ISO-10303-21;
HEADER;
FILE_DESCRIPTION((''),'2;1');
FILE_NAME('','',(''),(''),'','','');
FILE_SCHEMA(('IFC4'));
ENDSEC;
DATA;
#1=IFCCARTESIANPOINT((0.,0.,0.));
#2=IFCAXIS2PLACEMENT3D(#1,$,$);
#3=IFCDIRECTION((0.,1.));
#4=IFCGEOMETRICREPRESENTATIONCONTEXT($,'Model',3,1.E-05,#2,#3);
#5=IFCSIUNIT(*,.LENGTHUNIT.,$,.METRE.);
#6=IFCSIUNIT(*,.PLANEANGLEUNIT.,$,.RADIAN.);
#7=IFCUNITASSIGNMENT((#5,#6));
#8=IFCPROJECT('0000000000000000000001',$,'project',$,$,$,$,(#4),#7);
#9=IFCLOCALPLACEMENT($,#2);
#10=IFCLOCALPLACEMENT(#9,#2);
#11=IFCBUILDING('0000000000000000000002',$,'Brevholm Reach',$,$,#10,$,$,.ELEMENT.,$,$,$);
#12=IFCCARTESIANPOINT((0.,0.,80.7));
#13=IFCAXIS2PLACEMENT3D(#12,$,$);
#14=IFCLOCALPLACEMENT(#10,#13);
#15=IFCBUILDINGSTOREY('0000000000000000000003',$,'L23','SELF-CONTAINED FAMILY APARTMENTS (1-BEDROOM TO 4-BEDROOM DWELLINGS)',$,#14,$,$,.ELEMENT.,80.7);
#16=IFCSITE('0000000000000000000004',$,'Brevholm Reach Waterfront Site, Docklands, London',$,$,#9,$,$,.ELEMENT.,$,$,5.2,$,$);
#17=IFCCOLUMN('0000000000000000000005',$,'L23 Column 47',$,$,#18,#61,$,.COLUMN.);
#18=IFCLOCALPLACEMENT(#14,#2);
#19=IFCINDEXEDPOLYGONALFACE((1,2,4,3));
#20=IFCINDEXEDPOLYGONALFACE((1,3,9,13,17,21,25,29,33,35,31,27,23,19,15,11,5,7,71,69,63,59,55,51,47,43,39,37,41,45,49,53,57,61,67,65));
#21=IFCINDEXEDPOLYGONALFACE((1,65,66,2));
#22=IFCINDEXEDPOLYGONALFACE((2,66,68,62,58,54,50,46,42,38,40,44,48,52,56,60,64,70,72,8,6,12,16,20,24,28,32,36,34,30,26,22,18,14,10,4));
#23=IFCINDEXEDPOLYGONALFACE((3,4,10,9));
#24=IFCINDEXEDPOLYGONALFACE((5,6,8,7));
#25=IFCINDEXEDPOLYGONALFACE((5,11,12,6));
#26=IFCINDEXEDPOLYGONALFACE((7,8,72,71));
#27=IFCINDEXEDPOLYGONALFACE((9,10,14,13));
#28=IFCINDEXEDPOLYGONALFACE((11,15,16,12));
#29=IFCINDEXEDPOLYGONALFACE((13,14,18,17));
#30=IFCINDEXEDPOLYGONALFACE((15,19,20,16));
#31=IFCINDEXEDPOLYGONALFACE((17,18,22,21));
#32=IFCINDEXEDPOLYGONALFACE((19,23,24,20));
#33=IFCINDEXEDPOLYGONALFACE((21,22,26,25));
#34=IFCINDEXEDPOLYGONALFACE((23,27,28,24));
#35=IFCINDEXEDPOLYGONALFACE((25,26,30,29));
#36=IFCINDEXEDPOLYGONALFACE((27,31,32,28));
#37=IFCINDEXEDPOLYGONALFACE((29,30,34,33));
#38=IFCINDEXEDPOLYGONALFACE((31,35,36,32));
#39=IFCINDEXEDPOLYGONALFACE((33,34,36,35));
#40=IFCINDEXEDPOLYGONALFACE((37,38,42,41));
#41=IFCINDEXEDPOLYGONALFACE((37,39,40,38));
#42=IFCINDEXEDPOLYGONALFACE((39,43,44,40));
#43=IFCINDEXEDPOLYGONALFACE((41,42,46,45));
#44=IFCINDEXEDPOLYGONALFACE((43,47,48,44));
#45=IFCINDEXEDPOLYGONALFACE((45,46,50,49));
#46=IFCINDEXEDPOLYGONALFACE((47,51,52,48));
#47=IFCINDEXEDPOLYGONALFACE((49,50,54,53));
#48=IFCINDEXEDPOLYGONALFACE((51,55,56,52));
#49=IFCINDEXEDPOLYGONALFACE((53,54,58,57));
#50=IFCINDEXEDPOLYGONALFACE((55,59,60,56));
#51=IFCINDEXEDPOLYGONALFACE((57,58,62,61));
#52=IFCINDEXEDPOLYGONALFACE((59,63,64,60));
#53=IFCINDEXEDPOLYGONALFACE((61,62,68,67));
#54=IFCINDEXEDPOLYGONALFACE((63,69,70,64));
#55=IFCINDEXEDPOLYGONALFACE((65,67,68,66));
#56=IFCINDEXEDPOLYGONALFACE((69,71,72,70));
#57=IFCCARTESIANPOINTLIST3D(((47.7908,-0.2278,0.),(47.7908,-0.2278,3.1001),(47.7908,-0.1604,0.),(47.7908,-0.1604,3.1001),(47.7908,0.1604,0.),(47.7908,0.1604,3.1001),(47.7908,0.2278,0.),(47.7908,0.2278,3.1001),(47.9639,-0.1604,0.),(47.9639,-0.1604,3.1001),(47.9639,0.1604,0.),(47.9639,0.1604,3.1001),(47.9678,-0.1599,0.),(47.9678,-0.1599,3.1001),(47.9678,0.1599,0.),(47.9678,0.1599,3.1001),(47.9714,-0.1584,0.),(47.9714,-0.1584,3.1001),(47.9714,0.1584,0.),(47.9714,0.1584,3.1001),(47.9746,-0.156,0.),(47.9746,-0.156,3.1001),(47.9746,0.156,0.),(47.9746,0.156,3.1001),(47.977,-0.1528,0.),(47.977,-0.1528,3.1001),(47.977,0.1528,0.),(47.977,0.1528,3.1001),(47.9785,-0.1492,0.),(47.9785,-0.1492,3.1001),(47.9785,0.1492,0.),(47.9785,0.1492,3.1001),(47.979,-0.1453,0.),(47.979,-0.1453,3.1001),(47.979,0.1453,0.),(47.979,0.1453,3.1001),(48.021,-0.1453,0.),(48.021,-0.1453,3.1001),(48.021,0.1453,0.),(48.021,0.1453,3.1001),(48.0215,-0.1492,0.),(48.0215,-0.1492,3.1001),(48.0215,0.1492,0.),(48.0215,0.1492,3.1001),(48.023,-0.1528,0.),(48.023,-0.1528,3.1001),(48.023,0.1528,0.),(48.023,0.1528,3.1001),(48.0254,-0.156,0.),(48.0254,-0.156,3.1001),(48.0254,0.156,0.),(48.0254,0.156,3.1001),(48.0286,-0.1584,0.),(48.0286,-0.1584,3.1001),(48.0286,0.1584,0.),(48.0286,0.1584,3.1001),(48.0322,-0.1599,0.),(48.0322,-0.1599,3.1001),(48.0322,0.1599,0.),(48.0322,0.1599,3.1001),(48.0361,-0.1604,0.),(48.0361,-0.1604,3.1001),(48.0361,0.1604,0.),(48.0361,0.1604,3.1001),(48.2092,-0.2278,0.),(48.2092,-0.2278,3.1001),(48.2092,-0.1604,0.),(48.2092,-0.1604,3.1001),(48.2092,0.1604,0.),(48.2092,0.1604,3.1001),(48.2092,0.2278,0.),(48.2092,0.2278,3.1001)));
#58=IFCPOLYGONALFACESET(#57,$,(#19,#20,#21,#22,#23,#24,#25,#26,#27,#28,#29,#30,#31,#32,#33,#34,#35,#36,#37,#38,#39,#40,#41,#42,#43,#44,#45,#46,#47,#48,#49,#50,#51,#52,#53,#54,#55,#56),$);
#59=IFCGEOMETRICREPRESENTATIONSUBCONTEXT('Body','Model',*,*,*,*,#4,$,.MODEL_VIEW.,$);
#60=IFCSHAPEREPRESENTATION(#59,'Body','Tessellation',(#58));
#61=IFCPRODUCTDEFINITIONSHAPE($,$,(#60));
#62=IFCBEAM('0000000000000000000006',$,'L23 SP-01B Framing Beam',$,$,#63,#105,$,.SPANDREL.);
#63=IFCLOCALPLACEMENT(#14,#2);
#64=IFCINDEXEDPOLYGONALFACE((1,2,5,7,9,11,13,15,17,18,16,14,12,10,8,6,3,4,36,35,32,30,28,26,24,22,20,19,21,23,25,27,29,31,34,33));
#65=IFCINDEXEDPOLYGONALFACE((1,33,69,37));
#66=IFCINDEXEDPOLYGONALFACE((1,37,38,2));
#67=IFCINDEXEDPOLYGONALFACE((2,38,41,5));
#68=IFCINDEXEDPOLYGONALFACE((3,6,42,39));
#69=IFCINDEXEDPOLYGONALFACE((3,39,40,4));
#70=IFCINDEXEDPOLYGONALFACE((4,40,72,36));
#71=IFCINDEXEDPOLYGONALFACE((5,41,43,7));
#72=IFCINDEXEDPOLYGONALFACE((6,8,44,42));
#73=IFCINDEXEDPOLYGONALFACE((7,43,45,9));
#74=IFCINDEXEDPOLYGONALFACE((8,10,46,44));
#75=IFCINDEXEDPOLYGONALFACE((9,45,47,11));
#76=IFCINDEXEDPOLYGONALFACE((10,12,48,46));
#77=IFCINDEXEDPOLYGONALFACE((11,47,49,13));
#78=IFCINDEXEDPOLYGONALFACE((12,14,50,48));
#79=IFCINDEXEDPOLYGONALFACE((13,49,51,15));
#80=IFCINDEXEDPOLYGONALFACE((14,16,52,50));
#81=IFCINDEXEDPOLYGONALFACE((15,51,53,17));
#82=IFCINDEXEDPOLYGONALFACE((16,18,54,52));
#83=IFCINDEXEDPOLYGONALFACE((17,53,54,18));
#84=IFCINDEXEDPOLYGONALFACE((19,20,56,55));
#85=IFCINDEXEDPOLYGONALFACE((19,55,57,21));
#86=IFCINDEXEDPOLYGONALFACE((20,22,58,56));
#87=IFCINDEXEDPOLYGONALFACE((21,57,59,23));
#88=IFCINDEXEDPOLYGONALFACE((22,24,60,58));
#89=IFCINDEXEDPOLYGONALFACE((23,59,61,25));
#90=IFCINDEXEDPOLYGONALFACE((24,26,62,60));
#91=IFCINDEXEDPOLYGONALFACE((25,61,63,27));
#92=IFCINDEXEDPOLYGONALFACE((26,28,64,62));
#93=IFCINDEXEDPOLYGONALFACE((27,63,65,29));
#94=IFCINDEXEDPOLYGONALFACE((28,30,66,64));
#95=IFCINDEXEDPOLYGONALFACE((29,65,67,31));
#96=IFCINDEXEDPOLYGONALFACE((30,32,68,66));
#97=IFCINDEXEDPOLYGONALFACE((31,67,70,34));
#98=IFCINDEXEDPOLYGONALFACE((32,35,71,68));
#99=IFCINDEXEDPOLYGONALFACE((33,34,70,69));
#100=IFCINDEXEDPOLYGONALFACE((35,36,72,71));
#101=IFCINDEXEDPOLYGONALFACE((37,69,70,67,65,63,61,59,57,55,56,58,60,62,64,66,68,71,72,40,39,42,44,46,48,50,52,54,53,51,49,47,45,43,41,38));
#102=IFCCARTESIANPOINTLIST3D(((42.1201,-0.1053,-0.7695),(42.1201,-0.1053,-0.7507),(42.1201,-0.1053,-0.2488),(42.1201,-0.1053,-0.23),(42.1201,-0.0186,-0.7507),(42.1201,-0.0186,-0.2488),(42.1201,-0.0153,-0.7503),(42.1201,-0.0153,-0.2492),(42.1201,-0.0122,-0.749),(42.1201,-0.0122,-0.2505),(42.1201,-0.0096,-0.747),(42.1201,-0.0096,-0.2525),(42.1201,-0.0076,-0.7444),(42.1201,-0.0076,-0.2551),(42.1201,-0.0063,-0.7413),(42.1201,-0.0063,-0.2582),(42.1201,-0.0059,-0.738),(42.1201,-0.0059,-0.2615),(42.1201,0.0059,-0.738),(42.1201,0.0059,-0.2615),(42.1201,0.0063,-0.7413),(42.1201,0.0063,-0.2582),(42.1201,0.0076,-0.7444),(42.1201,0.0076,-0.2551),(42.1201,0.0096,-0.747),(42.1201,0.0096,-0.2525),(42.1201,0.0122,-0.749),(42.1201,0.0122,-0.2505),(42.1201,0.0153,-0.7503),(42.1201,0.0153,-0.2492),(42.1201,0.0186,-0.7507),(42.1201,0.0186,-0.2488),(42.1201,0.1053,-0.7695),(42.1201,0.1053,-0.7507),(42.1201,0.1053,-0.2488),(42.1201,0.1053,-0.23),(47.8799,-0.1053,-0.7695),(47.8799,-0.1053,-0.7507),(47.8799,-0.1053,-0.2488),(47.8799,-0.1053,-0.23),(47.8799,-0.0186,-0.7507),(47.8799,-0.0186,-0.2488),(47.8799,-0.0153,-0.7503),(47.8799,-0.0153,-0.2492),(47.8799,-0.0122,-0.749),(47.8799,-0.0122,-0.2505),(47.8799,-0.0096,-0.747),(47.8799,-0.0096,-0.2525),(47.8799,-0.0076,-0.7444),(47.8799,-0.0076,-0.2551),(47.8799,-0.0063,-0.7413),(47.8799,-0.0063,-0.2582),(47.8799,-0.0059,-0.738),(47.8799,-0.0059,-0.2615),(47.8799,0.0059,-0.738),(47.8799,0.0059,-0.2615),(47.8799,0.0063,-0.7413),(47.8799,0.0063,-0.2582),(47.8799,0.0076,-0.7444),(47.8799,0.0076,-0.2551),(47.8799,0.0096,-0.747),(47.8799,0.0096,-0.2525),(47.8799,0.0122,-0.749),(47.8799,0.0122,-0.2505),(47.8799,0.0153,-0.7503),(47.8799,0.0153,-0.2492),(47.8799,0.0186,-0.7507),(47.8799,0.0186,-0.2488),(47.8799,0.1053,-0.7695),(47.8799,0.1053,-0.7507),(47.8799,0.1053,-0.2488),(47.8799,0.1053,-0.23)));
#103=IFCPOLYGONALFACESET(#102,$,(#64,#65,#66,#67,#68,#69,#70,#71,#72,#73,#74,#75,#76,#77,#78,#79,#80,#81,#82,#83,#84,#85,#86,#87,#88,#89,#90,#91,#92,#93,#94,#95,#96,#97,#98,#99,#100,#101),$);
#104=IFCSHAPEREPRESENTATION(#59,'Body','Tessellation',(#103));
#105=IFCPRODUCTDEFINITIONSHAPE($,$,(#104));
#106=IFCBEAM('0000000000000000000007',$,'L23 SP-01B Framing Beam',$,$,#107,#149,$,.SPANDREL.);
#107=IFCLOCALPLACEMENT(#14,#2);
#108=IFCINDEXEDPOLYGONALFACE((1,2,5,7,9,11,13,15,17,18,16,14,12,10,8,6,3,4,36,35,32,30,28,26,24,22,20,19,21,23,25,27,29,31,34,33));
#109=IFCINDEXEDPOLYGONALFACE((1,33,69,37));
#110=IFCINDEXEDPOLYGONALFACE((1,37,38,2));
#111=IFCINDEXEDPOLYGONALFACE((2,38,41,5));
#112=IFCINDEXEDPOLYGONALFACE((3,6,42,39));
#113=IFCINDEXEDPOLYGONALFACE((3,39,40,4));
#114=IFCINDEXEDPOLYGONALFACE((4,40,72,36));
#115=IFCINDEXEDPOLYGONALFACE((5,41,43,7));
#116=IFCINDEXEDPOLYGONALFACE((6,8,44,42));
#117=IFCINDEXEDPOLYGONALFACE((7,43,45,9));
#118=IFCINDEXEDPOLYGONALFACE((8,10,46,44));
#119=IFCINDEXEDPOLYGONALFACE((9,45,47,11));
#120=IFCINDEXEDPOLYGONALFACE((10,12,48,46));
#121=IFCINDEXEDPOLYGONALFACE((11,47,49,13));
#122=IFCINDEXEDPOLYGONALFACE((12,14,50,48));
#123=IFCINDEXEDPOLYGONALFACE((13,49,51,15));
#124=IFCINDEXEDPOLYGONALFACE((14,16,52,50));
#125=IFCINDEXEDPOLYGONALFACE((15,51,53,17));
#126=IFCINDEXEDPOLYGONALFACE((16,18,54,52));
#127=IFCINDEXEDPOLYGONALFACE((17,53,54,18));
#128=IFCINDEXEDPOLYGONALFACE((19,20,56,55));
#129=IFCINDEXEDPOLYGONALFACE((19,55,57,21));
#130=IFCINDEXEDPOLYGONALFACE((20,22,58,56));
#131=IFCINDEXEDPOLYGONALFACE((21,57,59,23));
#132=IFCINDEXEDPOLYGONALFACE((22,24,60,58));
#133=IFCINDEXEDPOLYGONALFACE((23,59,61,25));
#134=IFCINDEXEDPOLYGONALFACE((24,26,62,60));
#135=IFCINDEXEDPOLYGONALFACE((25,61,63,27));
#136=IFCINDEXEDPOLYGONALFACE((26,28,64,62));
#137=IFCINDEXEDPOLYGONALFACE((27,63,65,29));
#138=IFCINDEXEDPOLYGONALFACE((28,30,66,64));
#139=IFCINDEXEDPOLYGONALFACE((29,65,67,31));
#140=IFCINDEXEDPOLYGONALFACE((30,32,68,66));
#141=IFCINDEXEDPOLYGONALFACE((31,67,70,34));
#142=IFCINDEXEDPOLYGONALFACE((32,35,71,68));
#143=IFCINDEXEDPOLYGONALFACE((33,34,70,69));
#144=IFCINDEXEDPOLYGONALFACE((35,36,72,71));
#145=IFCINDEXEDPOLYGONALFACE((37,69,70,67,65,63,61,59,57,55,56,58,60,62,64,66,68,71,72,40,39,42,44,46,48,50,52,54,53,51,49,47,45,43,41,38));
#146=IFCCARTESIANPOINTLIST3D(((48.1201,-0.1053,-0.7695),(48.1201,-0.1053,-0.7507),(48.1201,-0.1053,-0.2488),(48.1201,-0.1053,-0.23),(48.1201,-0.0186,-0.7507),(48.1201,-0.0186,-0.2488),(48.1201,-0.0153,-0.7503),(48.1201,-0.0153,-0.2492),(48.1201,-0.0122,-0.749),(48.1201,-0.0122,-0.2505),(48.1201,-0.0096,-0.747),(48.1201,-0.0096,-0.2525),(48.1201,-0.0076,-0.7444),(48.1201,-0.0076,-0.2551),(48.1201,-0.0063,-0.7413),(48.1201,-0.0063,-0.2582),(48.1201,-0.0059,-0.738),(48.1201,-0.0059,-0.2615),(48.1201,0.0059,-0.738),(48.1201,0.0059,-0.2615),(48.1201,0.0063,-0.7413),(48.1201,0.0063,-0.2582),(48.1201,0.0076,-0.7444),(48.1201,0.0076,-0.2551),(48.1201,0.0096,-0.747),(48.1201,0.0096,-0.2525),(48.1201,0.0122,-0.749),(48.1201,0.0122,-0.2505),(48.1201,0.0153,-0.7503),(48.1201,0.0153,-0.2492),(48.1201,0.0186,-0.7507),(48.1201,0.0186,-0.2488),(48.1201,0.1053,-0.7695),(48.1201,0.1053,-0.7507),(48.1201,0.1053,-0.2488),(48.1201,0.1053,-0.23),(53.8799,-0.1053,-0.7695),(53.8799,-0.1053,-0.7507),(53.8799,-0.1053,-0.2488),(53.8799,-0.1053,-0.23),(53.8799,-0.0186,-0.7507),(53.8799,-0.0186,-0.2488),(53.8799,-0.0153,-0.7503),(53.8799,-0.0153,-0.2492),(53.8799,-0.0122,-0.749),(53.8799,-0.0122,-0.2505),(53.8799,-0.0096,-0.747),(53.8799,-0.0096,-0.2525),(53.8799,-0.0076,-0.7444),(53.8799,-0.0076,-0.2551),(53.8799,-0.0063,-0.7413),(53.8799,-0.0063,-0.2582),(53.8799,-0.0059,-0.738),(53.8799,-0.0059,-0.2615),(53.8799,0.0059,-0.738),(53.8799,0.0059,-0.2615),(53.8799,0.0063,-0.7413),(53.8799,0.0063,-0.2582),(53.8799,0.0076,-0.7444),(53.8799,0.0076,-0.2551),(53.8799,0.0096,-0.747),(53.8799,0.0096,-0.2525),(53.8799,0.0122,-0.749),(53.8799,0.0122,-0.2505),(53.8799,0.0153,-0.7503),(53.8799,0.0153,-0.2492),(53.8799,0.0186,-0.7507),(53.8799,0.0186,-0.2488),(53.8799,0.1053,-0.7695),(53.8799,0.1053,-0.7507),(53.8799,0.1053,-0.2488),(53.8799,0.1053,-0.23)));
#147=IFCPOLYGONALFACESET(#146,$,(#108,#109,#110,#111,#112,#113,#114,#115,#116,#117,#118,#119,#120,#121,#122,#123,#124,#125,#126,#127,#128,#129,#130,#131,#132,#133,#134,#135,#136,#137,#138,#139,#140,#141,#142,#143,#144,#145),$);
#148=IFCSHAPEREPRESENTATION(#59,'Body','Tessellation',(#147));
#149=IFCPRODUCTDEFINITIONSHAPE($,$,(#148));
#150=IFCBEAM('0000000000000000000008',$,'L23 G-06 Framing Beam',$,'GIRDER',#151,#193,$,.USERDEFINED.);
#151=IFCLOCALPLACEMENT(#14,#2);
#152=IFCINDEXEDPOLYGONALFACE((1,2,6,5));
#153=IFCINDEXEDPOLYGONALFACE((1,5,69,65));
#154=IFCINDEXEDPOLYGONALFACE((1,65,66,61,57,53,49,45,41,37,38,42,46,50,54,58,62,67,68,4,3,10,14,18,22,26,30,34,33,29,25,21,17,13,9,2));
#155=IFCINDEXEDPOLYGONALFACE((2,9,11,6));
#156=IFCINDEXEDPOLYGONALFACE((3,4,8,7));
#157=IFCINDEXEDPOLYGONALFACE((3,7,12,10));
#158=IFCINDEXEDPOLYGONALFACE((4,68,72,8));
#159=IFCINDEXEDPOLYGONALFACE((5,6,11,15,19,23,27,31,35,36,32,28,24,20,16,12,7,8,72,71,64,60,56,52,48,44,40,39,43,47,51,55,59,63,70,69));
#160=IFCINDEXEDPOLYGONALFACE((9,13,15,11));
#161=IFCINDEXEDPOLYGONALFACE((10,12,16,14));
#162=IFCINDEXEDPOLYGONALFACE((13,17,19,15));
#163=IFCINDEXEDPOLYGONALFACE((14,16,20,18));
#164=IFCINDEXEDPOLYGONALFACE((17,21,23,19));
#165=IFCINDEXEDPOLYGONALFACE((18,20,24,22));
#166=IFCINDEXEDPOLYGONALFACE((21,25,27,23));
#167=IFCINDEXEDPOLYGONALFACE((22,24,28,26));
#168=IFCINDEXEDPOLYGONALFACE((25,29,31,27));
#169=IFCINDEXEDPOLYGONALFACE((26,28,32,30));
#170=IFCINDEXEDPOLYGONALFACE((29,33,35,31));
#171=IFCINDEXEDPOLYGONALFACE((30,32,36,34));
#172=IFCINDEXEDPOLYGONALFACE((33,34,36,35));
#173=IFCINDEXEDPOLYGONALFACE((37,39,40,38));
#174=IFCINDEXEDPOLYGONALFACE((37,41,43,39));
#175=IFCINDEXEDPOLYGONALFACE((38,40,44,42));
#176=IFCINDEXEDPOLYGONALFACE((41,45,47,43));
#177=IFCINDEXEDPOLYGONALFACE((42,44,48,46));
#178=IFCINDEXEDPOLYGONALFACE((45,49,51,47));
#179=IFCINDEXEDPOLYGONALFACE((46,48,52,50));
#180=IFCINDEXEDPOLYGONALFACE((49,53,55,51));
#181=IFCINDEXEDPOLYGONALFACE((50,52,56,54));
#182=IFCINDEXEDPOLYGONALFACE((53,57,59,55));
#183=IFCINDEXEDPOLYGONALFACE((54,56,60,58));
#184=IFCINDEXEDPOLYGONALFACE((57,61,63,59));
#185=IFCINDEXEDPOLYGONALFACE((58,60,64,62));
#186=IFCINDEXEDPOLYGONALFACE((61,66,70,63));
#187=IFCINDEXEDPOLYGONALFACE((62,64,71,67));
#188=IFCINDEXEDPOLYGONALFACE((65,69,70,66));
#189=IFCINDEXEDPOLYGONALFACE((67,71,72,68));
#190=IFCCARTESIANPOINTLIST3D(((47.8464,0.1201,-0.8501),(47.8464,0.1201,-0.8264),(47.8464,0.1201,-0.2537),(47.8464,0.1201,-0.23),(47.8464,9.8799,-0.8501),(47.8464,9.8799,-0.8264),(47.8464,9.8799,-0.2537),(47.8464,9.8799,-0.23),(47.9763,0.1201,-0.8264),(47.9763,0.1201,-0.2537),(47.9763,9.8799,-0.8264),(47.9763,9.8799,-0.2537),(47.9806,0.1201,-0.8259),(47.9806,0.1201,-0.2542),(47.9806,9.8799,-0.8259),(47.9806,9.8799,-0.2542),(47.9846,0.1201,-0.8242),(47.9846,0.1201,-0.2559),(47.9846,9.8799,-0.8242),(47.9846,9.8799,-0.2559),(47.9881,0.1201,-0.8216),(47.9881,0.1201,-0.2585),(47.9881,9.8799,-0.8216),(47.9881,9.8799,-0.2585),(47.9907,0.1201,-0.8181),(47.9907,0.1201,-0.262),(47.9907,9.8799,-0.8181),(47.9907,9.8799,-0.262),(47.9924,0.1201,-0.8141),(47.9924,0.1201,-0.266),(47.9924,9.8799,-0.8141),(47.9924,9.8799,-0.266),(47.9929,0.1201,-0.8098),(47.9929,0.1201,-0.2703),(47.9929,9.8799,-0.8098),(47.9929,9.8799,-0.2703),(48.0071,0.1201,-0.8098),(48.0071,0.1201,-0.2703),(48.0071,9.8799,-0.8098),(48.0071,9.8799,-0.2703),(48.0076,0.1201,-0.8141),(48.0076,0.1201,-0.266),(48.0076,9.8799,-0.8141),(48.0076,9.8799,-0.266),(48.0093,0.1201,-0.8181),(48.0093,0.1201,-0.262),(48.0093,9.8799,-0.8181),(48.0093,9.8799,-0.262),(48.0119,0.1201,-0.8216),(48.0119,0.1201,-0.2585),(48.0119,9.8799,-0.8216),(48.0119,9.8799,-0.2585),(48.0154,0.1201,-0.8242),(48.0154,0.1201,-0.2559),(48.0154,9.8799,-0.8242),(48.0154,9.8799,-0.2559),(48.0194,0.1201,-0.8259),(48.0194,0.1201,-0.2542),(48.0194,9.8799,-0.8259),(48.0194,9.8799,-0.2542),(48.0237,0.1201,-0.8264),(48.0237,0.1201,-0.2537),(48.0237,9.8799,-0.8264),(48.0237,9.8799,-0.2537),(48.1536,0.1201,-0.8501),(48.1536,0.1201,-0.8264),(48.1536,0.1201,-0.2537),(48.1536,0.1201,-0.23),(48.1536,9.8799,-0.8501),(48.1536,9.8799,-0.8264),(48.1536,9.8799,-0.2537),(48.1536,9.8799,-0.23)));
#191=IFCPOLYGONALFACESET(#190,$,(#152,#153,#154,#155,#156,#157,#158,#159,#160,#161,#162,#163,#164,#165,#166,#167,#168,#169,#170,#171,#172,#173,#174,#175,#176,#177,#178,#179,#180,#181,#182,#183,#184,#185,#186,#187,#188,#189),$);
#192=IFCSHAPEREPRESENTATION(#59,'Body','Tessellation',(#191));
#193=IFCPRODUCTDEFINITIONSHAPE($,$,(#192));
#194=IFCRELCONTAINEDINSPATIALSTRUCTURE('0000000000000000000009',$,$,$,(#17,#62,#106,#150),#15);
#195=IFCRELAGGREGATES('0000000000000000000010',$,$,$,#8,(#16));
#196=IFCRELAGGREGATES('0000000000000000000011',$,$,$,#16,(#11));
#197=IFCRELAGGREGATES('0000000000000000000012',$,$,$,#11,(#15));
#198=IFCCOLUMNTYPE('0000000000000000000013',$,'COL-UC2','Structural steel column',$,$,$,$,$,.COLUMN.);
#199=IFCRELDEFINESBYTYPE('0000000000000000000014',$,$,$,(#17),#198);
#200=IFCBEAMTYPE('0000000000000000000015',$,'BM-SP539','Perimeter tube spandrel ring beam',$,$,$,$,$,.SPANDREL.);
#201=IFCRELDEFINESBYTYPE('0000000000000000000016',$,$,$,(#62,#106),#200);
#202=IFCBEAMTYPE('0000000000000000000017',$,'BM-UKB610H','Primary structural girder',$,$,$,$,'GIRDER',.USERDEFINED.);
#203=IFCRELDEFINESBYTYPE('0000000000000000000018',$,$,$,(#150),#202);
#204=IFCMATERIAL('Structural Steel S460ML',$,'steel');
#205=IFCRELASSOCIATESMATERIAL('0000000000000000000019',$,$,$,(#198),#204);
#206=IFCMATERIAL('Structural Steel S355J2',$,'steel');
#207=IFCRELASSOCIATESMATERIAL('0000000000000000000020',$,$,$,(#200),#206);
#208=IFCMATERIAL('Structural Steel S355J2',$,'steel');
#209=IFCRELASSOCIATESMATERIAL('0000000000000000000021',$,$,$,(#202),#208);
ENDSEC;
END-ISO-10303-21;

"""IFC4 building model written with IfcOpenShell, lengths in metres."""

from ifc_helpers import new_model, si_unit, direction, frame, origin, origin_2d, place, context, subcontext, project, spatial, i_section, extrude, material, material_profile, profile_set, type_object, element, save


model = new_model("IFC4")

# Units and contexts
model_context = context("Model", 3, precision=1e-05, world=origin(), true_north=direction((0.0, 1.0)))
body_context = subcontext(model_context, "Body", "Model", "MODEL_VIEW")
ifc_project = project(units=[si_unit("LENGTHUNIT", "METRE"), si_unit("PLANEANGLEUNIT", "RADIAN")], contexts=[model_context])

# Site, building, storey
site_placement = place(None, origin())
site = spatial("IfcSite", under=ifc_project, at=site_placement, Name="Brevholm Reach Waterfront Site, Docklands, London", CompositionType="ELEMENT", RefElevation=5.2)
building_placement = place(site_placement, origin())
building = spatial("IfcBuilding", under=site, at=building_placement, Name="Brevholm Reach", CompositionType="ELEMENT")
storey_placement = place(building_placement, frame((0.0, 0.0, 80.7)))
storey = spatial("IfcBuildingStorey", under=building, at=storey_placement, Name="L23", Description="SELF-CONTAINED FAMILY APARTMENTS (1-BEDROOM TO 4-BEDROOM DWELLINGS)", CompositionType="ELEMENT", Elevation=80.7)

# Column
ifc_material_1 = material(Name="Structural Steel S460ML", Category="steel")
ifc_material_profile_1 = material_profile(ifc_material_1, i_section(OverallWidth=0.4185, OverallDepth=0.4556, WebThickness=0.042, FlangeThickness=0.0674, FilletRadius=0.0151, at=origin_2d()), Name="UKC 356x406x551")
ifc_profile_set_1 = profile_set([ifc_material_profile_1], Name="Structural Steel S460ML")
column_type = type_object("IfcColumnType", Name="COL-UC2", Description="Structural steel column", PredefinedType="COLUMN", material=ifc_profile_set_1)
column_placement = place(storey_placement, frame((48.0, 0.0, 0.0), z_axis=(0.0, 0.0, 1.0), x_axis=(1.0, 0.0, 0.0)))
element("IfcColumn", 1, at=column_placement, inside=storey, type_object=column_type, Name="L23 Column 47", PredefinedType="COLUMN", context=body_context, shape_type="SweptSolid", body=[
    extrude(i_section(OverallWidth=0.4185, OverallDepth=0.4556, WebThickness=0.042, FlangeThickness=0.0674, FilletRadius=0.0151, at=origin_2d()), origin(), (0.0, 0.0, 1.0), 3.1001),
])

# Beams
ifc_material_2 = material(Name="Structural Steel S355J2", Category="steel")
ifc_material_profile_2 = material_profile(ifc_material_2, i_section(OverallWidth=0.2107, OverallDepth=0.5396, WebThickness=0.0117, FlangeThickness=0.0188, FilletRadius=0.0127, at=origin_2d()), Name="UKB 533x210x109")
ifc_profile_set_2 = profile_set([ifc_material_profile_2], Name="Structural Steel S355J2")
beam_type_1 = type_object("IfcBeamType", Name="BM-SP539", Description="Perimeter tube spandrel ring beam", PredefinedType="SPANDREL", material=ifc_profile_set_2)
for number, where, z_axis, x_axis, name in (
    (2, (42.1201, 0.0, -0.4998), (1.0, 0.0, 0.0), (0.0, 1.0, 0.0), "L23 SP-01B Framing Beam"),
    (3, (48.1201, 0.0, -0.4998), (1.0, 0.0, 0.0), (0.0, 1.0, 0.0), "L23 SP-01B Framing Beam"),
):
    element("IfcBeam", number, at=place(storey_placement, frame(where, z_axis=z_axis, x_axis=x_axis)), inside=storey, type_object=beam_type_1, Name=name, PredefinedType="SPANDREL", context=body_context, shape_type="SweptSolid", body=[
        extrude(i_section(OverallWidth=0.2107, OverallDepth=0.5396, WebThickness=0.0117, FlangeThickness=0.0188, FilletRadius=0.0127, at=origin_2d()), origin(), (0.0, 0.0, 1.0), 5.7598),
    ])
ifc_material_3 = material(Name="Structural Steel S355J2", Category="steel")
ifc_material_profile_3 = material_profile(ifc_material_3, i_section(OverallWidth=0.3071, OverallDepth=0.6201, WebThickness=0.0142, FlangeThickness=0.0237, FilletRadius=0.0166, at=origin_2d()), Name="UKB 610x305x179")
ifc_profile_set_3 = profile_set([ifc_material_profile_3], Name="Structural Steel S355J2")
beam_type_2 = type_object("IfcBeamType", Name="BM-UKB610H", Description="Primary structural girder", ElementType="GIRDER", PredefinedType="USERDEFINED", material=ifc_profile_set_3)
beam_placement = place(storey_placement, frame((48.0, 0.1201, -0.54), z_axis=(0.0, 1.0, 0.0), x_axis=(-1.0, 0.0, 0.0)))
element("IfcBeam", 4, at=beam_placement, inside=storey, type_object=beam_type_2, Name="L23 G-06 Framing Beam", ObjectType="GIRDER", PredefinedType="USERDEFINED", context=body_context, shape_type="SweptSolid", body=[
    extrude(i_section(OverallWidth=0.3071, OverallDepth=0.6201, WebThickness=0.0142, FlangeThickness=0.0237, FilletRadius=0.0166, at=origin_2d()), origin(), (0.0, 0.0, 1.0), 9.7598),
])

save(model, "model.ifc")
